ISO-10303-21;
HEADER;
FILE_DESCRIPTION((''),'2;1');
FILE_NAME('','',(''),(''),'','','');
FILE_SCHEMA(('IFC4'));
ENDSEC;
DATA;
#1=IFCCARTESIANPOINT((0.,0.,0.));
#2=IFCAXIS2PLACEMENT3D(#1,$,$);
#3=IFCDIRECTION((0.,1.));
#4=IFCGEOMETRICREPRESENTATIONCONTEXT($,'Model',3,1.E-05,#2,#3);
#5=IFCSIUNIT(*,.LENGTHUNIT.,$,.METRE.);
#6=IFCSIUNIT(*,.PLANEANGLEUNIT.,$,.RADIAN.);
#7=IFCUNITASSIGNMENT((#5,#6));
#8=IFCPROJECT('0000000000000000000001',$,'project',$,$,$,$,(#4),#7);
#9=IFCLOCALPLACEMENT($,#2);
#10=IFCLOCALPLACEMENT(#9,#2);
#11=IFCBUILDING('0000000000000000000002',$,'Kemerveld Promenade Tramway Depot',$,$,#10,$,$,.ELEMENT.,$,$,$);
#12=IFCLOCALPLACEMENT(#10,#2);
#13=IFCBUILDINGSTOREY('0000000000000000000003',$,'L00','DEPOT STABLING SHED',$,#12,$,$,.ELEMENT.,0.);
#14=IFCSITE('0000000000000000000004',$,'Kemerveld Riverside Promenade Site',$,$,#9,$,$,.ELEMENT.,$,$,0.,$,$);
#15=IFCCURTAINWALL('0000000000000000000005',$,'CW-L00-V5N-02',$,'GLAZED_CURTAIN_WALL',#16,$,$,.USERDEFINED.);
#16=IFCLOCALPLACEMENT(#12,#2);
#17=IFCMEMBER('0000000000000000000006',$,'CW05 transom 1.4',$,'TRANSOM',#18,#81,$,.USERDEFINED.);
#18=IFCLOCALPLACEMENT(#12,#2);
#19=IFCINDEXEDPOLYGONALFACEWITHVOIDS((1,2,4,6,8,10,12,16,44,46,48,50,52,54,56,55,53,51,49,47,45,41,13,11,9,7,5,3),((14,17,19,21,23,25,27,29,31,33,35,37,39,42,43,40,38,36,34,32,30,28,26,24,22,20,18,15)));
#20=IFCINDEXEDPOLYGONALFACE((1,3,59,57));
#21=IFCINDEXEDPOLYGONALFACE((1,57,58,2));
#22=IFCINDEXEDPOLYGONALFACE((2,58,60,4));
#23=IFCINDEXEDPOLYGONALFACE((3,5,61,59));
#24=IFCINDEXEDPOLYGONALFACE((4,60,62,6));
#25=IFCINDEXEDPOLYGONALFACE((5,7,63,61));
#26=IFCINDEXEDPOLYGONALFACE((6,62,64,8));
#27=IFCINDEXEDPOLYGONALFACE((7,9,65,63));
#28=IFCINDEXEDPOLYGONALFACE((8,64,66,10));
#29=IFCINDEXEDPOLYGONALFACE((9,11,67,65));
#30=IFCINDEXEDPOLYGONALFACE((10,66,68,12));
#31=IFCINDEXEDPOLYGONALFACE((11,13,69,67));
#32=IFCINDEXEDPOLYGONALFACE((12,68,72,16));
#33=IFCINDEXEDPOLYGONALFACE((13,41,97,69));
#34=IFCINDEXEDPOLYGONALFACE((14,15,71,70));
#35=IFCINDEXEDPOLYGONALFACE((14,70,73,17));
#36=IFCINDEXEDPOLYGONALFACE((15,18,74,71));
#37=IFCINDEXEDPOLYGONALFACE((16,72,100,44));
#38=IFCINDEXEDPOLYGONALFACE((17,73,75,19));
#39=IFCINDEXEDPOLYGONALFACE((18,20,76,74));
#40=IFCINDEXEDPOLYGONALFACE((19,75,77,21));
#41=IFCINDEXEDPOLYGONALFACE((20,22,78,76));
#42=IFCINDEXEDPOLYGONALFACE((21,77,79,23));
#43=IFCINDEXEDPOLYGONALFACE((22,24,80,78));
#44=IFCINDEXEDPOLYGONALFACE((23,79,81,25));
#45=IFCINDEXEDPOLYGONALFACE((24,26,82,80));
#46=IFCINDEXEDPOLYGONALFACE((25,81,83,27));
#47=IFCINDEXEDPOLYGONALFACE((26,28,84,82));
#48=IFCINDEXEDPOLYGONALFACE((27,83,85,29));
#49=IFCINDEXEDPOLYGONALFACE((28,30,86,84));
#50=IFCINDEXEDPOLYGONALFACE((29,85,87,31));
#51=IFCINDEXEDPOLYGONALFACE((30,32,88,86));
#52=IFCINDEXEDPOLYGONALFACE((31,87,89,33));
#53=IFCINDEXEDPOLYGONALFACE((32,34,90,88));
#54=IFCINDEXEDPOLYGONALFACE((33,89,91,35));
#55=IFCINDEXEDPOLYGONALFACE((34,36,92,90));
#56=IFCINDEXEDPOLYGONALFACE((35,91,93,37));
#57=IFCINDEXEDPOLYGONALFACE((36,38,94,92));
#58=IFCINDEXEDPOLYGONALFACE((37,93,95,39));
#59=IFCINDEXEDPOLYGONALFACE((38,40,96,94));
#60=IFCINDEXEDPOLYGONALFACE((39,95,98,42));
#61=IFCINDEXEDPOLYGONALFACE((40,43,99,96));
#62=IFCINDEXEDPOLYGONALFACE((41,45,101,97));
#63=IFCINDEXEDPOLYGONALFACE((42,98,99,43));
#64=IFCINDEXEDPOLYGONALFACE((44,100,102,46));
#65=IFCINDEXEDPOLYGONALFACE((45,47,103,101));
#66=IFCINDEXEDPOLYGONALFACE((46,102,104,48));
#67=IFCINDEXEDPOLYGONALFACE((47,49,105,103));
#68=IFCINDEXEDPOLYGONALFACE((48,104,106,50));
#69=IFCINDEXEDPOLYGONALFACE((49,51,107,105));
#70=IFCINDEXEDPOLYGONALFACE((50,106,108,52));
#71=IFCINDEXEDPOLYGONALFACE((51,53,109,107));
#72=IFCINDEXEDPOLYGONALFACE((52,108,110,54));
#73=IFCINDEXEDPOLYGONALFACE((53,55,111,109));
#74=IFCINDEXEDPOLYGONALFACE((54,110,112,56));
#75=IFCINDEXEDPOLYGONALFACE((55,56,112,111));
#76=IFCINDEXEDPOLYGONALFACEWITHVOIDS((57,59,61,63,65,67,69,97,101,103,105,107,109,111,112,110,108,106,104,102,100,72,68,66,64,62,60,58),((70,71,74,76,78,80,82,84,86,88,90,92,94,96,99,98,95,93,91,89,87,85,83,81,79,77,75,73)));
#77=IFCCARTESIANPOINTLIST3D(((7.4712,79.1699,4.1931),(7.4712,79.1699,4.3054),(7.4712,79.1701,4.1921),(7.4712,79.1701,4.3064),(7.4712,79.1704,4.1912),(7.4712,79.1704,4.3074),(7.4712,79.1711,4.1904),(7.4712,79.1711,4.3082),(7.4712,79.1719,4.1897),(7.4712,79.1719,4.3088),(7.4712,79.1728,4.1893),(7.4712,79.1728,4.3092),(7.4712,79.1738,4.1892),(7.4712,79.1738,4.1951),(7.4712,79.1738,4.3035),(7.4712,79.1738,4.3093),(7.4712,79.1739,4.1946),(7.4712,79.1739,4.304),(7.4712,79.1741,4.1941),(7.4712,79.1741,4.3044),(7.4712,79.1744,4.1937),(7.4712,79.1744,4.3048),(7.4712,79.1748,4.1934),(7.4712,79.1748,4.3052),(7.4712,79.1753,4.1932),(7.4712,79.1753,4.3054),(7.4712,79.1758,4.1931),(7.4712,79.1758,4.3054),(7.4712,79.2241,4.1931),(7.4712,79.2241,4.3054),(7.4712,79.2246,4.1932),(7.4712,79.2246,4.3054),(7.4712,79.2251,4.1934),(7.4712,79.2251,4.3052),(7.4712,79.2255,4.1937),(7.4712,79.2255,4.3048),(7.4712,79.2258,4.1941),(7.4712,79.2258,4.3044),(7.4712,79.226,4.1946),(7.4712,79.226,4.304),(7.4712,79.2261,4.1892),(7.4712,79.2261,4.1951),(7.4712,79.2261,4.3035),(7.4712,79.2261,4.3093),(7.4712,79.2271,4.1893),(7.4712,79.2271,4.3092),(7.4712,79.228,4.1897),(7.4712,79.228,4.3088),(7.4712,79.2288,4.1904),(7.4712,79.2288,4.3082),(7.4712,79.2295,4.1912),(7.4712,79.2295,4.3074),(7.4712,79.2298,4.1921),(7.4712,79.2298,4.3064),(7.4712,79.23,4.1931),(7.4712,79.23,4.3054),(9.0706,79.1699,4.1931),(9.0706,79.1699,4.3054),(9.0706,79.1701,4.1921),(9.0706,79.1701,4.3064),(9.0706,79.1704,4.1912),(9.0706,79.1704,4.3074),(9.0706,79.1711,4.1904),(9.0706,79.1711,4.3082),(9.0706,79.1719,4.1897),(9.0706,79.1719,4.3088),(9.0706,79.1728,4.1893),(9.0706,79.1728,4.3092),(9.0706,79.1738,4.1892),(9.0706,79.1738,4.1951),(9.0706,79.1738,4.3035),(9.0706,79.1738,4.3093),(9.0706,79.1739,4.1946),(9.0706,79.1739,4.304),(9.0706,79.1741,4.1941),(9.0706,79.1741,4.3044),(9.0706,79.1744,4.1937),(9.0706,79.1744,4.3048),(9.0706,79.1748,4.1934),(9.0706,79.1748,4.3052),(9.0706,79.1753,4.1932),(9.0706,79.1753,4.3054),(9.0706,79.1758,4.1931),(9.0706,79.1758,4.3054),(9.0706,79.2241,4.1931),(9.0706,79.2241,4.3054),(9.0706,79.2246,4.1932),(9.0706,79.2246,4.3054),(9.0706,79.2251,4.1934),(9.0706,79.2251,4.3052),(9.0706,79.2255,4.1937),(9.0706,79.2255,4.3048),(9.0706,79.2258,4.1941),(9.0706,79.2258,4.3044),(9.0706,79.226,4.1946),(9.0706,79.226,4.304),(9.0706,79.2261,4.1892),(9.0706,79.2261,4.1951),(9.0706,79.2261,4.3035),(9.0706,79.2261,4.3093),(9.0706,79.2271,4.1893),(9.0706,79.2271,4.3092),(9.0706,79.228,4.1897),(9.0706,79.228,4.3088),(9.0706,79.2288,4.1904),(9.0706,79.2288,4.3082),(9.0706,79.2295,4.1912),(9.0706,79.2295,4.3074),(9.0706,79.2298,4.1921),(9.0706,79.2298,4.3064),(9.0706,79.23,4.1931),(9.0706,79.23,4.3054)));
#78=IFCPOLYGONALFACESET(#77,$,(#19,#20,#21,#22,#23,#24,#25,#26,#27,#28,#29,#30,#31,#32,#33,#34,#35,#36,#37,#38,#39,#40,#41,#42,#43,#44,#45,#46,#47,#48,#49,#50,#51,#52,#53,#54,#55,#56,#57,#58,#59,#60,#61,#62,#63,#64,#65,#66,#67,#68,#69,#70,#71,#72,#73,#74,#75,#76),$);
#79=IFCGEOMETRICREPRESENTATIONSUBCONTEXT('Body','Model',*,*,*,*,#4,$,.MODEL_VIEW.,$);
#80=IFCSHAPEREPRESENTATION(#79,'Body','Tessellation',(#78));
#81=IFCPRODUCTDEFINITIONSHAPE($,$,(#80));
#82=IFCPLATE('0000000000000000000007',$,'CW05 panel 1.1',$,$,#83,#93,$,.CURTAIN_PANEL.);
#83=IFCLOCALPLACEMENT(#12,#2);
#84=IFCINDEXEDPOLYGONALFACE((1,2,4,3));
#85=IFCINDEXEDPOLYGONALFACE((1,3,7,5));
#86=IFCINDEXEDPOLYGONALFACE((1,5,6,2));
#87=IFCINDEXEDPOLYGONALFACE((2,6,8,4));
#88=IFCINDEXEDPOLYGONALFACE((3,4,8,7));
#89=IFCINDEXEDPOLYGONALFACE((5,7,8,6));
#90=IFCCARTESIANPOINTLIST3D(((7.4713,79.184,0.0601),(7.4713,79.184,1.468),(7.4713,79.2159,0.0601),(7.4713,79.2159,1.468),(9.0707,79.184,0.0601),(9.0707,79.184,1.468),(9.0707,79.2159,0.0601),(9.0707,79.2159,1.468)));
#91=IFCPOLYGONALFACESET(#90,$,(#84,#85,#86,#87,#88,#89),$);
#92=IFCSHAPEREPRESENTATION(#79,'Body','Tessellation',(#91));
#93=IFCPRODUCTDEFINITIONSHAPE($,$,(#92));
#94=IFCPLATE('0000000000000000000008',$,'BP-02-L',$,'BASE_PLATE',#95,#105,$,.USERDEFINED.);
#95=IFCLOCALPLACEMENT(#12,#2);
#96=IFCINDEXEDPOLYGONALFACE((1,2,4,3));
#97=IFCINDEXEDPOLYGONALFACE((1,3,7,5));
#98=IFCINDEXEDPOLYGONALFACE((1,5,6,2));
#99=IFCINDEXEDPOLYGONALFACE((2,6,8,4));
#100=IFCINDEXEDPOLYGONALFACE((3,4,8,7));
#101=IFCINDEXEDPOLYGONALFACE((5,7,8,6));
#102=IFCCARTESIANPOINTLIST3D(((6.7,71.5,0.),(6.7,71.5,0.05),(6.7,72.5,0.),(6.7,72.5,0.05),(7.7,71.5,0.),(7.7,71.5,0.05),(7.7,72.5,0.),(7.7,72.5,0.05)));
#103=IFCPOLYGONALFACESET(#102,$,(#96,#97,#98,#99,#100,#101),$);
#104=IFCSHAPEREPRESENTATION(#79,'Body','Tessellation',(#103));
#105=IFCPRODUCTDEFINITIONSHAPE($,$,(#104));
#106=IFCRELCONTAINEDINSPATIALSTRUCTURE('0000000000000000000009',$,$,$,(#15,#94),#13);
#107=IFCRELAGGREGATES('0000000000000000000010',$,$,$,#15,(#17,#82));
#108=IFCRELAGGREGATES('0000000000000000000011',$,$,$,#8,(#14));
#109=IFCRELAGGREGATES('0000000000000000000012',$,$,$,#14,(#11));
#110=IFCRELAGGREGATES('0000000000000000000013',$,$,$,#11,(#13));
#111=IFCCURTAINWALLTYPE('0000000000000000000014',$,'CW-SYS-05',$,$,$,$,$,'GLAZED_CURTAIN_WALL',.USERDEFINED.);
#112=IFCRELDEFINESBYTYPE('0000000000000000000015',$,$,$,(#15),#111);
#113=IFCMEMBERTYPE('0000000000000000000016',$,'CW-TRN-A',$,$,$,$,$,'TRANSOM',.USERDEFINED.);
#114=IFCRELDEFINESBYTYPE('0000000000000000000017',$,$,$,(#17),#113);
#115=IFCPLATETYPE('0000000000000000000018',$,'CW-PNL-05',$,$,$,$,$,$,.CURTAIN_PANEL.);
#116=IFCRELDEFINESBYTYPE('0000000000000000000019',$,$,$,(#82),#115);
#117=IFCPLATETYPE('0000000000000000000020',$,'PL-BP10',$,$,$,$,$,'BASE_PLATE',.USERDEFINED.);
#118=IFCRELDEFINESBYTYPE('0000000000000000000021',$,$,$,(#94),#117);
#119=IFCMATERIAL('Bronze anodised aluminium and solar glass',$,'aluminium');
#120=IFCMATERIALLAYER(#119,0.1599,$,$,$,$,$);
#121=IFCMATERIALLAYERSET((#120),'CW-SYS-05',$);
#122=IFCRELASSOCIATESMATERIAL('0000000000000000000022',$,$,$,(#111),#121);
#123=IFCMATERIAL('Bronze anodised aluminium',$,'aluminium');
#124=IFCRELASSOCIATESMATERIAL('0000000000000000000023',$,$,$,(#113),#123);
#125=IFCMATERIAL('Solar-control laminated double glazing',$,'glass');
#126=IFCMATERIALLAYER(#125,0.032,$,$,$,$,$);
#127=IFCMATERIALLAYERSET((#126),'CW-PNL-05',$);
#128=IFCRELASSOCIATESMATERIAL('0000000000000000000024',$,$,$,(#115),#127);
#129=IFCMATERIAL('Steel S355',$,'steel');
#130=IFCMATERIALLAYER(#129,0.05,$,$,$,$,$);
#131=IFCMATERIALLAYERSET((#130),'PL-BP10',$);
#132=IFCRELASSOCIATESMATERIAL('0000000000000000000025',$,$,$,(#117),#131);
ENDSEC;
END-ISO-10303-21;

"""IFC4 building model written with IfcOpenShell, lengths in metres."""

from ifc_helpers import new_model, si_unit, direction, frame, origin, origin_2d, place, context, subcontext, project, spatial, rectangle, hollow_rectangle, extrude, material, layer, layer_set, material_profile, profile_set, type_object, element, aggregate, save


model = new_model("IFC4")

# Units and contexts
model_context = context("Model", 3, precision=1e-05, world=origin(), true_north=direction((0.0, 1.0)))
body_context = subcontext(model_context, "Body", "Model", "MODEL_VIEW")
ifc_project = project(units=[si_unit("LENGTHUNIT", "METRE"), si_unit("PLANEANGLEUNIT", "RADIAN")], contexts=[model_context])

# Site, building, storey
site_placement = place(None, origin())
site = spatial("IfcSite", under=ifc_project, at=site_placement, Name="Kemerveld Riverside Promenade Site", CompositionType="ELEMENT", RefElevation=0.0)
building_placement = place(site_placement, origin())
building = spatial("IfcBuilding", under=site, at=building_placement, Name="Kemerveld Promenade Tramway Depot", CompositionType="ELEMENT")
storey_placement = place(building_placement, origin())
storey = spatial("IfcBuildingStorey", under=building, at=storey_placement, Name="L00", Description="DEPOT STABLING SHED", CompositionType="ELEMENT", Elevation=0.0)

# Shared definitions
ifc_material_1 = material(Name="Steel S355", Category="steel")

# Curtain wall, member, plate
ifc_material_2 = material(Name="Bronze anodised aluminium and solar glass", Category="aluminium")
ifc_layer_1 = layer(ifc_material_2, 0.1599)
ifc_layer_set_1 = layer_set([ifc_layer_1], Name="CW-SYS-05")
curtain_wall_type = type_object("IfcCurtainWallType", Name="CW-SYS-05", ElementType="GLAZED_CURTAIN_WALL", PredefinedType="USERDEFINED", material=ifc_layer_set_1)
curtain_wall_placement = place(storey_placement, origin())
curtain_wall = element("IfcCurtainWall", 1, at=curtain_wall_placement, inside=storey, type_object=curtain_wall_type, Name="CW-L00-V5N-02", ObjectType="GLAZED_CURTAIN_WALL", PredefinedType="USERDEFINED")
ifc_material_3 = material(Name="Bronze anodised aluminium", Category="aluminium")
ifc_material_profile_1 = material_profile(ifc_material_3, hollow_rectangle(XDim=0.0601, YDim=0.1201, WallThickness=0.0039, InnerFilletRadius=0.002, OuterFilletRadius=0.0039, at=origin_2d()), Name="CW-TRN-120x60")
ifc_profile_set_1 = profile_set([ifc_material_profile_1], Name="Bronze anodised aluminium")
member_type_1 = type_object("IfcMemberType", Name="CW-TRN-A", ElementType="TRANSOM", PredefinedType="USERDEFINED", material=ifc_profile_set_1)
member_1_placement = place(storey_placement, frame((7.4712, 79.2, 4.2493), z_axis=(1.0, 0.0, 0.0), x_axis=(0.0, 1.0, 0.0)))
member_1 = element("IfcMember", 2, at=member_1_placement, type_object=member_type_1, Name="CW05 transom 1.4", ObjectType="TRANSOM", PredefinedType="USERDEFINED", context=body_context, shape_type="SweptSolid", body=[
    extrude(hollow_rectangle(XDim=0.0601, YDim=0.1201, WallThickness=0.0039, InnerFilletRadius=0.002, OuterFilletRadius=0.0039, at=origin_2d()), origin(), (0.0, 0.0, 1.0), 1.5994),
])
ifc_material_4 = material(Name="Solar-control laminated double glazing", Category="glass")
ifc_layer_2 = layer(ifc_material_4, 0.032)
ifc_layer_set_2 = layer_set([ifc_layer_2], Name="CW-PNL-05")
plate_type_1 = type_object("IfcPlateType", Name="CW-PNL-05", PredefinedType="CURTAIN_PANEL", material=ifc_layer_set_2)
plate_1_placement = place(storey_placement, frame((8.271, 79.2, 0.0601), z_axis=(0.0, 0.0, 1.0), x_axis=(1.0, 0.0, 0.0)))
plate_1 = element("IfcPlate", 3, at=plate_1_placement, type_object=plate_type_1, Name="CW05 panel 1.1", PredefinedType="CURTAIN_PANEL", context=body_context, shape_type="SweptSolid", body=[
    extrude(rectangle(XDim=1.5994, YDim=0.032, at=origin_2d()), origin(), (0.0, 0.0, 1.0), 1.408),
])
aggregate(curtain_wall, [member_1, plate_1])

# Plate
ifc_layer_3 = layer(ifc_material_1, 0.05)
ifc_layer_set_3 = layer_set([ifc_layer_3], Name="PL-BP10")
plate_type_2 = type_object("IfcPlateType", Name="PL-BP10", ElementType="BASE_PLATE", PredefinedType="USERDEFINED", material=ifc_layer_set_3)
plate_2_placement = place(storey_placement, frame((7.2, 72.0, 0.0), z_axis=(0.0, 0.0, 1.0), x_axis=(1.0, 0.0, 0.0)))
element("IfcPlate", 4, at=plate_2_placement, inside=storey, type_object=plate_type_2, Name="BP-02-L", ObjectType="BASE_PLATE", PredefinedType="USERDEFINED", context=body_context, shape_type="SweptSolid", body=[
    extrude(rectangle(XDim=1.0, YDim=1.0, at=origin_2d()), origin(), (0.0, 0.0, 1.0), 0.05),
])

save(model, "model.ifc")
